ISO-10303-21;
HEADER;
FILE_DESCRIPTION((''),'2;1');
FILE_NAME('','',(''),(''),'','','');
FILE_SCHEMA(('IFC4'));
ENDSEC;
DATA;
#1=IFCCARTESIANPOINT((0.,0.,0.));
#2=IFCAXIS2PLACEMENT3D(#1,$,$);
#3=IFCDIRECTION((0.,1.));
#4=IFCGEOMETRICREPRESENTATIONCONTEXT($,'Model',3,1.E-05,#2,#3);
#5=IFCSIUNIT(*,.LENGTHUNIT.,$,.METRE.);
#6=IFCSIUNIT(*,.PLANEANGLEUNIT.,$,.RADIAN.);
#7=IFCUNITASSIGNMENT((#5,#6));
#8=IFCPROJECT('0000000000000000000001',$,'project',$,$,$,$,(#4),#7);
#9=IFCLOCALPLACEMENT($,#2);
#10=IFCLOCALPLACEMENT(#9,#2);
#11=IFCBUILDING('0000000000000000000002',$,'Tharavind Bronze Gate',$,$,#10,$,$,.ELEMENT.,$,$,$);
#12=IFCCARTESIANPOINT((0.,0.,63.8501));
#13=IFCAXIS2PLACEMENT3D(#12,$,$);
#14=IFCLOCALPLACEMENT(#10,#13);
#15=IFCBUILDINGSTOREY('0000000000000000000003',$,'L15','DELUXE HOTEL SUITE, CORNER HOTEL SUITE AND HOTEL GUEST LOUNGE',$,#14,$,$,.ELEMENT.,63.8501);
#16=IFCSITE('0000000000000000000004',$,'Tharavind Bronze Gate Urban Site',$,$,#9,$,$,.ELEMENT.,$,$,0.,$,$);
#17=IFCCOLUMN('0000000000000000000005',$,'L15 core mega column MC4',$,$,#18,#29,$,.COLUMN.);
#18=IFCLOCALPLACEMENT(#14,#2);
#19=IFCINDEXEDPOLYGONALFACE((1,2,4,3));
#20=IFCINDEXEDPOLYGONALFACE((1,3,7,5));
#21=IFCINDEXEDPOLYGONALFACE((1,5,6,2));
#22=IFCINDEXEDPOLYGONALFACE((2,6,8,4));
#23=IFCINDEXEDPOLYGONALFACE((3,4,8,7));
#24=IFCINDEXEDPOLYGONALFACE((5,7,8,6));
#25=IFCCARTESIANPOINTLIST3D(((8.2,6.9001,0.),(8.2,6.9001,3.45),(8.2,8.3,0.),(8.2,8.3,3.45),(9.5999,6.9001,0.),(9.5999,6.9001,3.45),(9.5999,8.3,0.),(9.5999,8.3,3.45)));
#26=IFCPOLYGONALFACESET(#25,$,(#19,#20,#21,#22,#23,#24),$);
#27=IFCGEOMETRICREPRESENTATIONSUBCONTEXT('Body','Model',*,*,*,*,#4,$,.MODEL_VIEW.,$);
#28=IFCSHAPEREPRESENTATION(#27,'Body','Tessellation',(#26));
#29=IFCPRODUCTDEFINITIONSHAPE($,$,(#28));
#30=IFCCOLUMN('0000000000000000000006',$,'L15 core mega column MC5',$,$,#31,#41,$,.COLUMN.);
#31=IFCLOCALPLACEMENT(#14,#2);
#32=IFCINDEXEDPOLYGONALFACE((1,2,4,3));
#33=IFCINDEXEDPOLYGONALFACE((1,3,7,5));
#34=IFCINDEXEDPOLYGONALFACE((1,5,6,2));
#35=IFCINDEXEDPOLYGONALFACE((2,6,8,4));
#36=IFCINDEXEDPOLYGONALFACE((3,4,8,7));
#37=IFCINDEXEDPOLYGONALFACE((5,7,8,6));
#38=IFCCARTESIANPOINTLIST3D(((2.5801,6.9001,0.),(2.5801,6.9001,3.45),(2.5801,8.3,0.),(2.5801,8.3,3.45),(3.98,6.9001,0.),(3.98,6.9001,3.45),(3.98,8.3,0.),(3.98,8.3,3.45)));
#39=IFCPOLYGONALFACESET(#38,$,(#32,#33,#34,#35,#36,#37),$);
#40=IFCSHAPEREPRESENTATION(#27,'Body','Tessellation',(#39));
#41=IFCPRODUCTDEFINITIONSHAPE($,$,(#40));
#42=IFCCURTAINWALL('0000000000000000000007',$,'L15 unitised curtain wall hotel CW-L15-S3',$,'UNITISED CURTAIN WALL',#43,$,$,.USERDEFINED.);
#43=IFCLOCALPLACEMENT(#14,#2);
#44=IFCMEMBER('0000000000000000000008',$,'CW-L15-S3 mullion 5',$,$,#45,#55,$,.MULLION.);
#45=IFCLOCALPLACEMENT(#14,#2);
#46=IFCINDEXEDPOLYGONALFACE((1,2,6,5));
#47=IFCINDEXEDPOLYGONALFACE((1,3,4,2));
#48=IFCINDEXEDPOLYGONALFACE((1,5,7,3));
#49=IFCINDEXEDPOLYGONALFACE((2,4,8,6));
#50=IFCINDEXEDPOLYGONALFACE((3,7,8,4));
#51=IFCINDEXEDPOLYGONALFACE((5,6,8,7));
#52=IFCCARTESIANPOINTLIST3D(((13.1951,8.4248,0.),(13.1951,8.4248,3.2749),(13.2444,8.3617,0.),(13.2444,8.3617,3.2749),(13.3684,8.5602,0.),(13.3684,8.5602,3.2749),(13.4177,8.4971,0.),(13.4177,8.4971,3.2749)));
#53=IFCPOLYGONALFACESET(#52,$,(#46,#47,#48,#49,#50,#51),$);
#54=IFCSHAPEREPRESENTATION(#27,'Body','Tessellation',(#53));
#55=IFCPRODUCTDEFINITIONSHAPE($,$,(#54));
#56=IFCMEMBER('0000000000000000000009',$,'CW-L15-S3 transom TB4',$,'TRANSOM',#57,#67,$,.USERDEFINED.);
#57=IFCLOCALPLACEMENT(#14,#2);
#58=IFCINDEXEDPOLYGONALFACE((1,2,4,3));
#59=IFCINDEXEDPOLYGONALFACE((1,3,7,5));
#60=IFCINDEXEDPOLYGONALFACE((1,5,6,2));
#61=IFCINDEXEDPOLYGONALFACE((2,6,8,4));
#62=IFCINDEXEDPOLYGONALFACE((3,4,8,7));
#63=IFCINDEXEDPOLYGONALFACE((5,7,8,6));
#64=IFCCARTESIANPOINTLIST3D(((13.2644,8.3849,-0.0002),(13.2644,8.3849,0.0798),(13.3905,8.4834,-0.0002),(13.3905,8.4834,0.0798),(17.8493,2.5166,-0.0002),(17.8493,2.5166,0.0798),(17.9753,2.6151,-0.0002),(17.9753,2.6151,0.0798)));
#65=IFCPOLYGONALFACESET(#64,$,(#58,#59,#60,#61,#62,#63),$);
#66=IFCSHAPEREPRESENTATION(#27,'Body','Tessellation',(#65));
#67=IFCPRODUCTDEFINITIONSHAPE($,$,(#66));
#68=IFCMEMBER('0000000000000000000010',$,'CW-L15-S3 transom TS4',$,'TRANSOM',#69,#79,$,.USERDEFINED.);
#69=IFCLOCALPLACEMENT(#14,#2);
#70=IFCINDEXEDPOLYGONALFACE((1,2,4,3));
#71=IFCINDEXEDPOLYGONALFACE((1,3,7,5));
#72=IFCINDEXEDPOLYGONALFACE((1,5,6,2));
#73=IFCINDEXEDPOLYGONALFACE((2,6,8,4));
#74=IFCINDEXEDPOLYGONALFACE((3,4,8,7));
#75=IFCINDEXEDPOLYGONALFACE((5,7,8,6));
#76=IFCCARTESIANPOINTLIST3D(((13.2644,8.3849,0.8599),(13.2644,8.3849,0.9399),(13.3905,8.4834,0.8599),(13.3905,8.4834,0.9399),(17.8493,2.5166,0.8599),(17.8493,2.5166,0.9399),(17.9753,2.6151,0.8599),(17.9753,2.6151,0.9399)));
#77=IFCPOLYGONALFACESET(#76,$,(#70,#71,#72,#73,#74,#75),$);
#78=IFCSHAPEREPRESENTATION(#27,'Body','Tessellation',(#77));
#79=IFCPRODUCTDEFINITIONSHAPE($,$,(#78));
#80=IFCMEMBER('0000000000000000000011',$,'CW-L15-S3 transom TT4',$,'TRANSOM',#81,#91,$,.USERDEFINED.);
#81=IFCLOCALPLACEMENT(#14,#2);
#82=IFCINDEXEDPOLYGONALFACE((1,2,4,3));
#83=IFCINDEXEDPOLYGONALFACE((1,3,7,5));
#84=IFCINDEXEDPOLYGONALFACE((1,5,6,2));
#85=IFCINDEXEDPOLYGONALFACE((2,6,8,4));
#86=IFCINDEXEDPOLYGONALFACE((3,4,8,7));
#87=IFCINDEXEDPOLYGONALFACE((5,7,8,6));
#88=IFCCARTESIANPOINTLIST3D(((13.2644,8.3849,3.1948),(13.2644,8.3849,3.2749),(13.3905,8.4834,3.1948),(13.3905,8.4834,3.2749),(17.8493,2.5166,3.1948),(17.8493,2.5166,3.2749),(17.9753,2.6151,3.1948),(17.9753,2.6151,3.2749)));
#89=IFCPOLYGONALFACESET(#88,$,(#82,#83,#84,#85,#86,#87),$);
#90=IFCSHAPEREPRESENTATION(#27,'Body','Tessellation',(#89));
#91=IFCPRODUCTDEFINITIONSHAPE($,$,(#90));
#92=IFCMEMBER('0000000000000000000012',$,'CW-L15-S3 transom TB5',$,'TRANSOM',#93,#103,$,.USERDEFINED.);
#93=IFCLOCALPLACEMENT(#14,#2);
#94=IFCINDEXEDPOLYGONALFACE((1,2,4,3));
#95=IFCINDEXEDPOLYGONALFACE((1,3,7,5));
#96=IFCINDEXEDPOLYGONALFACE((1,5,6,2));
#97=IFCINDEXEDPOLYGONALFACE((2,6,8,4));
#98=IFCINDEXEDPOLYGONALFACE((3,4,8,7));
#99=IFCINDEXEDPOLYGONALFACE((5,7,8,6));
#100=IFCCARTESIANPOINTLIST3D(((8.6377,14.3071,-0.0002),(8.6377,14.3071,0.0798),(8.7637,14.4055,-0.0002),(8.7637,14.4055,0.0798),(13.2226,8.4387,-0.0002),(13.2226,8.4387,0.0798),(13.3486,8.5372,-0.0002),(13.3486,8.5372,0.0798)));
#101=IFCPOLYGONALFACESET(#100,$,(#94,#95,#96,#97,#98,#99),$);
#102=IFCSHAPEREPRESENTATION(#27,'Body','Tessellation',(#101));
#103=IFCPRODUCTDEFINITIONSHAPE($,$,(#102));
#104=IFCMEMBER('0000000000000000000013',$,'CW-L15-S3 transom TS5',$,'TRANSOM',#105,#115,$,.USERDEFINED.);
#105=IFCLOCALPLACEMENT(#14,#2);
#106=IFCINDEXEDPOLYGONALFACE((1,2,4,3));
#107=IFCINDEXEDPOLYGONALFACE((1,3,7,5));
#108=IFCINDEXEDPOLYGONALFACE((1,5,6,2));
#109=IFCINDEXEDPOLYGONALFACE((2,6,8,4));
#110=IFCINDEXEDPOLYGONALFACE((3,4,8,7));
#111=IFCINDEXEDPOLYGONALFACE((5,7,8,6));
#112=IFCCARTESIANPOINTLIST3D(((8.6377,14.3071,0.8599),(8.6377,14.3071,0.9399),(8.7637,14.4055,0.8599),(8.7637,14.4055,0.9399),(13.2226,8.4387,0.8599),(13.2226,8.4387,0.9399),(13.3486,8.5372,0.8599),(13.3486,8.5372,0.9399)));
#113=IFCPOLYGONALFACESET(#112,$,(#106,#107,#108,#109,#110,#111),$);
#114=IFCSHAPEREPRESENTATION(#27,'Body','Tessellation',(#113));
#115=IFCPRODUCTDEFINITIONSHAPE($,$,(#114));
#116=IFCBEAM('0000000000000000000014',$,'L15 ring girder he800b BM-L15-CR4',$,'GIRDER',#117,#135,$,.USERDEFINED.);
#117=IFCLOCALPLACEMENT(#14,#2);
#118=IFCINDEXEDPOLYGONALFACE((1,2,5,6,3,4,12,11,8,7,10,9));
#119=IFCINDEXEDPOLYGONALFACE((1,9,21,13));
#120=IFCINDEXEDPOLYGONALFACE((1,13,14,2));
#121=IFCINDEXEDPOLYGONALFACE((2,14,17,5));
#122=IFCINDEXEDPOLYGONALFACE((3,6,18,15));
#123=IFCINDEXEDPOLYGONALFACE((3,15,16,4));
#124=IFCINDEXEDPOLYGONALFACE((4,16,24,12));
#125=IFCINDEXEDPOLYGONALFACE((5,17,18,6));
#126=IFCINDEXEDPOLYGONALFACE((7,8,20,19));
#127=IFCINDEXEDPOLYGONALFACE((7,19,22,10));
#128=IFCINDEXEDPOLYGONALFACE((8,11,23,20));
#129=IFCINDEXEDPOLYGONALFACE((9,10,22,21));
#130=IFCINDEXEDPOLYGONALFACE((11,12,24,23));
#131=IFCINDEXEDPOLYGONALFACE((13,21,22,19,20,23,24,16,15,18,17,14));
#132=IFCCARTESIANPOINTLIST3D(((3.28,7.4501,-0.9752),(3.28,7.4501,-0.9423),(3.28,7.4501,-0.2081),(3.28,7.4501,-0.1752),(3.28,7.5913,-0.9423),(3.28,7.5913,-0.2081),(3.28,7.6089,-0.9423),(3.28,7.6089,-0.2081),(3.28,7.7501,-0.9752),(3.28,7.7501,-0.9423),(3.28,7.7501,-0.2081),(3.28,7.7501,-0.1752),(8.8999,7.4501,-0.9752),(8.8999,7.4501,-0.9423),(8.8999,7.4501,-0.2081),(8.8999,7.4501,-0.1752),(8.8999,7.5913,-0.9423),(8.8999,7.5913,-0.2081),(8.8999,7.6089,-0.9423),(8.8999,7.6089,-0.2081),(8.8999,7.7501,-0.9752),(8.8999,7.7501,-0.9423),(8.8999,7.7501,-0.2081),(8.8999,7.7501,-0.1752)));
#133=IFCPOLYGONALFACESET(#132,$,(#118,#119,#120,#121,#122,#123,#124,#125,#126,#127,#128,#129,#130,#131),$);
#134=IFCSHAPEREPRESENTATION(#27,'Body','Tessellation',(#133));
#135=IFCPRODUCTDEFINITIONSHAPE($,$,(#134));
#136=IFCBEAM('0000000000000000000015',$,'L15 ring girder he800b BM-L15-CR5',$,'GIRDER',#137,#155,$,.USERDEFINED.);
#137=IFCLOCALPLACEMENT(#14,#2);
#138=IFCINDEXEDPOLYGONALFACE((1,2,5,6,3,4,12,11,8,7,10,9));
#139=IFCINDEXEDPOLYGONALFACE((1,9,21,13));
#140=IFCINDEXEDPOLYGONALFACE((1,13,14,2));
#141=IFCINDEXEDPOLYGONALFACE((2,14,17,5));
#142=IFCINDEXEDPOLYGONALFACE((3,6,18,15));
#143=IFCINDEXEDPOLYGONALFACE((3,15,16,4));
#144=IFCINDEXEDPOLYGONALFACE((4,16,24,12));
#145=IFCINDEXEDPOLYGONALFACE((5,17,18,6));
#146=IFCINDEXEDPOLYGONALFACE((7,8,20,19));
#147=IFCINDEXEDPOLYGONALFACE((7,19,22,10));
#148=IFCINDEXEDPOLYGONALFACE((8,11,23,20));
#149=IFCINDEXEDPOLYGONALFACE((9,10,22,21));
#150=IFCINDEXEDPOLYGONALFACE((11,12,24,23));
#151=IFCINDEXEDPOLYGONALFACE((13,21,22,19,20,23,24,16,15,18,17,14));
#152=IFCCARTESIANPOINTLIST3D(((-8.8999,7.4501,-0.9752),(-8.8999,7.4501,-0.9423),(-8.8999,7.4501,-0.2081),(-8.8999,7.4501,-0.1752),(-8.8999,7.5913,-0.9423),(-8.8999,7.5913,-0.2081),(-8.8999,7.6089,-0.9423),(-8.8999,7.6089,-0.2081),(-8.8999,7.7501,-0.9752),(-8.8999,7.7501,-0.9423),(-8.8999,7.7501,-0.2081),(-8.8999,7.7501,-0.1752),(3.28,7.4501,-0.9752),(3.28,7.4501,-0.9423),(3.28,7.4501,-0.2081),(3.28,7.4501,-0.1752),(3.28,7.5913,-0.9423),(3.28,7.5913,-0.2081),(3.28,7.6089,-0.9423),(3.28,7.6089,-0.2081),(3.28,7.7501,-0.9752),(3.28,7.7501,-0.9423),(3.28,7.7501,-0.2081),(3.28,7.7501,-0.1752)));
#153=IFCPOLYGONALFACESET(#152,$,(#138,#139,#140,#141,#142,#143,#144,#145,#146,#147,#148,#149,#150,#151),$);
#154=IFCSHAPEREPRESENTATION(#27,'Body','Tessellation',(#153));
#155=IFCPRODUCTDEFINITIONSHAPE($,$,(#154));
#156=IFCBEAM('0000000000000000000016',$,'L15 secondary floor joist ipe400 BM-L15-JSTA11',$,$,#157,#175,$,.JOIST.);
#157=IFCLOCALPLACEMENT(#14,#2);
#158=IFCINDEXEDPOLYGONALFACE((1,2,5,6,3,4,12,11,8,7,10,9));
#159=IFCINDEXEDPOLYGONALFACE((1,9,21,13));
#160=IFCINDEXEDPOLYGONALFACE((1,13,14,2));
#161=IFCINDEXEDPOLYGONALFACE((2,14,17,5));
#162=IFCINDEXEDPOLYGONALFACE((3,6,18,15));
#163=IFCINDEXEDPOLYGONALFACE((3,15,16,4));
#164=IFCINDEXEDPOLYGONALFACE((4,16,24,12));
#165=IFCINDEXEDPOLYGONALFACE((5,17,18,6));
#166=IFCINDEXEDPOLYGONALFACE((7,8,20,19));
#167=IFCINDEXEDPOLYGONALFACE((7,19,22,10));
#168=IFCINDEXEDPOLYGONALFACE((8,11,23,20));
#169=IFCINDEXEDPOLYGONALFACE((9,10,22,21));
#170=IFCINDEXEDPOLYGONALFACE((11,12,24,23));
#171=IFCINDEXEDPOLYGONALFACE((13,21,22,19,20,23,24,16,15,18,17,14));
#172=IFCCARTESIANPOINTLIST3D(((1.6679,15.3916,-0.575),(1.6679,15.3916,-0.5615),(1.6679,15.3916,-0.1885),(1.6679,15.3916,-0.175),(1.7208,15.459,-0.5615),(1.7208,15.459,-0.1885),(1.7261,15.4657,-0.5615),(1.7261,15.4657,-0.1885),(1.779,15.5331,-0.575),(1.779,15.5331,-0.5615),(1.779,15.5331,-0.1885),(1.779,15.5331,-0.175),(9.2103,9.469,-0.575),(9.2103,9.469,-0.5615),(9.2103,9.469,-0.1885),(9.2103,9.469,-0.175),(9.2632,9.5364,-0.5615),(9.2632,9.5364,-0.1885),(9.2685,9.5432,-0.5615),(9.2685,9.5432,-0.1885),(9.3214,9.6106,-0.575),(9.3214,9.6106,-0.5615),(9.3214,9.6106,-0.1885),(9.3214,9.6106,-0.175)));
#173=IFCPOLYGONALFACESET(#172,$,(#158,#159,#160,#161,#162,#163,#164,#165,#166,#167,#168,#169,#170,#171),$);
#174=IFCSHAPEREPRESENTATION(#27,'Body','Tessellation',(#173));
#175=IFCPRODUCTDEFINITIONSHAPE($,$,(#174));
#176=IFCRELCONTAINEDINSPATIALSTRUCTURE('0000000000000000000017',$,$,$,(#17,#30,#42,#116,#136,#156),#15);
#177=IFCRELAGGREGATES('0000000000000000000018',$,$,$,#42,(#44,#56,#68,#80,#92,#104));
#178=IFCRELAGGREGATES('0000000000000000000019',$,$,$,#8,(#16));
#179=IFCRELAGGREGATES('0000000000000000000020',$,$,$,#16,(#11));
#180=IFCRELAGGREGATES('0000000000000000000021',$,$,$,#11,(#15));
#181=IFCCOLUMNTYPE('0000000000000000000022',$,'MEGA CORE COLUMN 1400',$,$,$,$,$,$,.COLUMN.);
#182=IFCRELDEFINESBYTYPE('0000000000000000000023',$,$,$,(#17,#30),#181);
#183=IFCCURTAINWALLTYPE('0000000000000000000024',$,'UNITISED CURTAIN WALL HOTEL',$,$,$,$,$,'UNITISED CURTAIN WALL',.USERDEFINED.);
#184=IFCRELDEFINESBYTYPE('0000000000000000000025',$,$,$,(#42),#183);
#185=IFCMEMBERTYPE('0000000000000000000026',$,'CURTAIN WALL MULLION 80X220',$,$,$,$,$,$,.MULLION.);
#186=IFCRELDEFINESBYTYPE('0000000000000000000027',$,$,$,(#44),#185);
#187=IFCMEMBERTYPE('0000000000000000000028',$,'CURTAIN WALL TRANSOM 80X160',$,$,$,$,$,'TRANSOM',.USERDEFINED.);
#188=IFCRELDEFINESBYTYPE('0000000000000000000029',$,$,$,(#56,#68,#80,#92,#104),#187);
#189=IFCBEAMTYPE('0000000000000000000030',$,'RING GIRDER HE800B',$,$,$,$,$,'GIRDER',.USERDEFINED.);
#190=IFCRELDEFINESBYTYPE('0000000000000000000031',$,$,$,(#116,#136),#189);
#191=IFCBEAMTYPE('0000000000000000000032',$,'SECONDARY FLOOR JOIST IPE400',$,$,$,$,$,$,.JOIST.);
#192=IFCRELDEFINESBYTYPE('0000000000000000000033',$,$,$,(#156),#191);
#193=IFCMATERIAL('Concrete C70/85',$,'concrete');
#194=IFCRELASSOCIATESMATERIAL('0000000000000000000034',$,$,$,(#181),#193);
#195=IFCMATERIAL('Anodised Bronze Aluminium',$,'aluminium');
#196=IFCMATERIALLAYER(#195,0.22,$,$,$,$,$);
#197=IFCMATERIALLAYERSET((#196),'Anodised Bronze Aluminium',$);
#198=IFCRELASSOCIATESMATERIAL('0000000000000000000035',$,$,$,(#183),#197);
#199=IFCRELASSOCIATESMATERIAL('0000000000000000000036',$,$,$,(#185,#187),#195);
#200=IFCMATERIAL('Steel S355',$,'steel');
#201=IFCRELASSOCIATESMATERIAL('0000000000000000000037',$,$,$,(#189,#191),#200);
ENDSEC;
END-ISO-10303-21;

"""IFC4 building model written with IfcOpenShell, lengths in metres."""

from ifc_helpers import new_model, si_unit, direction, frame, origin, origin_2d, place, context, subcontext, project, spatial, rectangle, i_section, extrude, material, layer, layer_set, material_profile, profile_set, type_object, element, aggregate, save


model = new_model("IFC4")

# Units and contexts
model_context = context("Model", 3, precision=1e-05, world=origin(), true_north=direction((0.0, 1.0)))
body_context = subcontext(model_context, "Body", "Model", "MODEL_VIEW")
ifc_project = project(units=[si_unit("LENGTHUNIT", "METRE"), si_unit("PLANEANGLEUNIT", "RADIAN")], contexts=[model_context])

# Site, building, storey
site_placement = place(None, origin())
site = spatial("IfcSite", under=ifc_project, at=site_placement, Name="Tharavind Bronze Gate Urban Site", CompositionType="ELEMENT", RefElevation=0.0)
building_placement = place(site_placement, origin())
building = spatial("IfcBuilding", under=site, at=building_placement, Name="Tharavind Bronze Gate", CompositionType="ELEMENT")
storey_placement = place(building_placement, frame((0.0, 0.0, 63.8501)))
storey = spatial("IfcBuildingStorey", under=building, at=storey_placement, Name="L15", Description="DELUXE HOTEL SUITE, CORNER HOTEL SUITE AND HOTEL GUEST LOUNGE", CompositionType="ELEMENT", Elevation=63.8501)

# Columns
ifc_material_1 = material(Name="Concrete C70/85", Category="concrete")
ifc_material_profile_1 = material_profile(ifc_material_1, rectangle(XDim=1.3999, YDim=1.3999, at=origin_2d()), Name="RCCOL1400")
ifc_profile_set_1 = profile_set([ifc_material_profile_1], Name="Concrete C70/85")
column_type = type_object("IfcColumnType", Name="MEGA CORE COLUMN 1400", PredefinedType="COLUMN", material=ifc_profile_set_1)
for number, where, z_axis, x_axis, name in (
    (1, (8.8999, 7.6001, 0.0), (0.0, 0.0, 1.0), (1.0, 0.0, 0.0), "L15 core mega column MC4"),
    (2, (3.28, 7.6001, 0.0), (0.0, 0.0, 1.0), (1.0, 0.0, 0.0), "L15 core mega column MC5"),
):
    element("IfcColumn", number, at=place(storey_placement, frame(where, z_axis=z_axis, x_axis=x_axis)), inside=storey, type_object=column_type, Name=name, PredefinedType="COLUMN", context=body_context, shape_type="SweptSolid", body=[
        extrude(rectangle(XDim=1.3999, YDim=1.3999, at=origin_2d()), origin(), (0.0, 0.0, 1.0), 3.45),
    ])

# Curtain wall, members
ifc_material_2 = material(Name="Anodised Bronze Aluminium", Category="aluminium")
ifc_layer_1 = layer(ifc_material_2, 0.22)
ifc_layer_set_1 = layer_set([ifc_layer_1], Name="Anodised Bronze Aluminium")
curtain_wall_type = type_object("IfcCurtainWallType", Name="UNITISED CURTAIN WALL HOTEL", ElementType="UNITISED CURTAIN WALL", PredefinedType="USERDEFINED", material=ifc_layer_set_1)
curtain_wall_placement = place(storey_placement, origin())
curtain_wall = element("IfcCurtainWall", 3, at=curtain_wall_placement, inside=storey, type_object=curtain_wall_type, Name="L15 unitised curtain wall hotel CW-L15-S3", ObjectType="UNITISED CURTAIN WALL", PredefinedType="USERDEFINED")
member_type_1 = type_object("IfcMemberType", Name="CURTAIN WALL MULLION 80X220", PredefinedType="MULLION", material=ifc_material_2)
member_1_placement = place(storey_placement, frame((13.3064, 8.4609, 0.0), z_axis=(0.0, 0.0, 1.0), x_axis=(-0.615661, 0.788011, 0.0)))
member_1 = element("IfcMember", 4, at=member_1_placement, type_object=member_type_1, Name="CW-L15-S3 mullion 5", PredefinedType="MULLION", context=body_context, shape_type="SweptSolid", body=[
    extrude(rectangle(XDim=0.0801, YDim=0.22, at=origin_2d()), origin(), (0.0, 0.0, 1.0), 3.2749),
])
member_type_2 = type_object("IfcMemberType", Name="CURTAIN WALL TRANSOM 80X160", ElementType="TRANSOM", PredefinedType="USERDEFINED", material=ifc_material_2)
member_2_placement = place(storey_placement, frame((15.6199, 5.5, -0.0002), z_axis=(0.0, 0.0, 1.0), x_axis=(-0.615661, 0.788011, 0.0)))
member_2 = element("IfcMember", 5, at=member_2_placement, type_object=member_type_2, Name="CW-L15-S3 transom TB4", ObjectType="TRANSOM", PredefinedType="USERDEFINED", context=body_context, shape_type="SweptSolid", body=[
    extrude(rectangle(XDim=7.447, YDim=0.1599, at=origin_2d()), origin(), (0.0, 0.0, 1.0), 0.0801),
])
member_3_placement = place(storey_placement, frame((15.6199, 5.5, 0.8599), z_axis=(0.0, 0.0, 1.0), x_axis=(-0.615661, 0.788011, 0.0)))
member_3 = element("IfcMember", 6, at=member_3_placement, type_object=member_type_2, Name="CW-L15-S3 transom TS4", ObjectType="TRANSOM", PredefinedType="USERDEFINED", context=body_context, shape_type="SweptSolid", body=[
    extrude(rectangle(XDim=7.447, YDim=0.1599, at=origin_2d()), origin(), (0.0, 0.0, 1.0), 0.0801),
])
member_4_placement = place(storey_placement, frame((15.6199, 5.5, 3.1948), z_axis=(0.0, 0.0, 1.0), x_axis=(-0.615661, 0.788011, 0.0)))
member_4 = element("IfcMember", 7, at=member_4_placement, type_object=member_type_2, Name="CW-L15-S3 transom TT4", ObjectType="TRANSOM", PredefinedType="USERDEFINED", context=body_context, shape_type="SweptSolid", body=[
    extrude(rectangle(XDim=7.447, YDim=0.1599, at=origin_2d()), origin(), (0.0, 0.0, 1.0), 0.0801),
])
member_5_placement = place(storey_placement, frame((10.9932, 11.4221, -0.0002), z_axis=(0.0, 0.0, 1.0), x_axis=(-0.615661, 0.788011, 0.0)))
member_5 = element("IfcMember", 8, at=member_5_placement, type_object=member_type_2, Name="CW-L15-S3 transom TB5", ObjectType="TRANSOM", PredefinedType="USERDEFINED", context=body_context, shape_type="SweptSolid", body=[
    extrude(rectangle(XDim=7.447, YDim=0.1599, at=origin_2d()), origin(), (0.0, 0.0, 1.0), 0.0801),
])
member_6_placement = place(storey_placement, frame((10.9932, 11.4221, 0.8599), z_axis=(0.0, 0.0, 1.0), x_axis=(-0.615661, 0.788011, 0.0)))
member_6 = element("IfcMember", 9, at=member_6_placement, type_object=member_type_2, Name="CW-L15-S3 transom TS5", ObjectType="TRANSOM", PredefinedType="USERDEFINED", context=body_context, shape_type="SweptSolid", body=[
    extrude(rectangle(XDim=7.447, YDim=0.1599, at=origin_2d()), origin(), (0.0, 0.0, 1.0), 0.0801),
])

# Beams
ifc_material_3 = material(Name="Steel S355", Category="steel")
ifc_material_profile_2 = material_profile(ifc_material_3, i_section(OverallWidth=0.3, OverallDepth=0.8, WebThickness=0.0176, FlangeThickness=0.033, at=origin_2d()), Name="HE800B")
ifc_profile_set_2 = profile_set([ifc_material_profile_2], Name="Steel S355")
beam_type_1 = type_object("IfcBeamType", Name="RING GIRDER HE800B", ElementType="GIRDER", PredefinedType="USERDEFINED", material=ifc_profile_set_2)
beam_1_placement = place(storey_placement, frame((8.8999, 7.6001, -0.5752), z_axis=(-1.0, 0.0, 0.0), x_axis=(0.0, -1.0, 0.0)))
element("IfcBeam", 10, at=beam_1_placement, inside=storey, type_object=beam_type_1, Name="L15 ring girder he800b BM-L15-CR4", ObjectType="GIRDER", PredefinedType="USERDEFINED", context=body_context, shape_type="SweptSolid", body=[
    extrude(i_section(OverallWidth=0.3, OverallDepth=0.8, WebThickness=0.0176, FlangeThickness=0.033, at=origin_2d()), origin(), (0.0, 0.0, 1.0), 5.6199),
])
beam_2_placement = place(storey_placement, frame((3.28, 7.6001, -0.5752), z_axis=(-1.0, 0.0, 0.0), x_axis=(0.0, -1.0, 0.0)))
element("IfcBeam", 11, at=beam_2_placement, inside=storey, type_object=beam_type_1, Name="L15 ring girder he800b BM-L15-CR5", ObjectType="GIRDER", PredefinedType="USERDEFINED", context=body_context, shape_type="SweptSolid", body=[
    extrude(i_section(OverallWidth=0.3, OverallDepth=0.8, WebThickness=0.0176, FlangeThickness=0.033, at=origin_2d()), origin(), (0.0, 0.0, 1.0), 12.1799),
])
ifc_material_profile_3 = material_profile(ifc_material_3, i_section(OverallWidth=0.1799, OverallDepth=0.3999, WebThickness=0.0085, FlangeThickness=0.0134, at=origin_2d()), Name="IPE400")
ifc_profile_set_3 = profile_set([ifc_material_profile_3], Name="Steel S355")
beam_type_2 = type_object("IfcBeamType", Name="SECONDARY FLOOR JOIST IPE400", PredefinedType="JOIST", material=ifc_profile_set_3)
beam_3_placement = place(storey_placement, frame((9.2659, 9.5398, -0.375), z_axis=(-0.786502, 0.617588, 0.0), x_axis=(-0.617588, -0.786502, 0.0)))
element("IfcBeam", 12, at=beam_3_placement, inside=storey, type_object=beam_type_2, Name="L15 secondary floor joist ipe400 BM-L15-JSTA11", PredefinedType="JOIST", context=body_context, shape_type="SweptSolid", body=[
    extrude(i_section(OverallWidth=0.1799, OverallDepth=0.3999, WebThickness=0.0085, FlangeThickness=0.0134, at=origin_2d()), origin(), (0.0, 0.0, 1.0), 9.5898),
])

aggregate(curtain_wall, [member_1, member_2, member_3, member_4, member_5, member_6])

save(model, "model.ifc")
